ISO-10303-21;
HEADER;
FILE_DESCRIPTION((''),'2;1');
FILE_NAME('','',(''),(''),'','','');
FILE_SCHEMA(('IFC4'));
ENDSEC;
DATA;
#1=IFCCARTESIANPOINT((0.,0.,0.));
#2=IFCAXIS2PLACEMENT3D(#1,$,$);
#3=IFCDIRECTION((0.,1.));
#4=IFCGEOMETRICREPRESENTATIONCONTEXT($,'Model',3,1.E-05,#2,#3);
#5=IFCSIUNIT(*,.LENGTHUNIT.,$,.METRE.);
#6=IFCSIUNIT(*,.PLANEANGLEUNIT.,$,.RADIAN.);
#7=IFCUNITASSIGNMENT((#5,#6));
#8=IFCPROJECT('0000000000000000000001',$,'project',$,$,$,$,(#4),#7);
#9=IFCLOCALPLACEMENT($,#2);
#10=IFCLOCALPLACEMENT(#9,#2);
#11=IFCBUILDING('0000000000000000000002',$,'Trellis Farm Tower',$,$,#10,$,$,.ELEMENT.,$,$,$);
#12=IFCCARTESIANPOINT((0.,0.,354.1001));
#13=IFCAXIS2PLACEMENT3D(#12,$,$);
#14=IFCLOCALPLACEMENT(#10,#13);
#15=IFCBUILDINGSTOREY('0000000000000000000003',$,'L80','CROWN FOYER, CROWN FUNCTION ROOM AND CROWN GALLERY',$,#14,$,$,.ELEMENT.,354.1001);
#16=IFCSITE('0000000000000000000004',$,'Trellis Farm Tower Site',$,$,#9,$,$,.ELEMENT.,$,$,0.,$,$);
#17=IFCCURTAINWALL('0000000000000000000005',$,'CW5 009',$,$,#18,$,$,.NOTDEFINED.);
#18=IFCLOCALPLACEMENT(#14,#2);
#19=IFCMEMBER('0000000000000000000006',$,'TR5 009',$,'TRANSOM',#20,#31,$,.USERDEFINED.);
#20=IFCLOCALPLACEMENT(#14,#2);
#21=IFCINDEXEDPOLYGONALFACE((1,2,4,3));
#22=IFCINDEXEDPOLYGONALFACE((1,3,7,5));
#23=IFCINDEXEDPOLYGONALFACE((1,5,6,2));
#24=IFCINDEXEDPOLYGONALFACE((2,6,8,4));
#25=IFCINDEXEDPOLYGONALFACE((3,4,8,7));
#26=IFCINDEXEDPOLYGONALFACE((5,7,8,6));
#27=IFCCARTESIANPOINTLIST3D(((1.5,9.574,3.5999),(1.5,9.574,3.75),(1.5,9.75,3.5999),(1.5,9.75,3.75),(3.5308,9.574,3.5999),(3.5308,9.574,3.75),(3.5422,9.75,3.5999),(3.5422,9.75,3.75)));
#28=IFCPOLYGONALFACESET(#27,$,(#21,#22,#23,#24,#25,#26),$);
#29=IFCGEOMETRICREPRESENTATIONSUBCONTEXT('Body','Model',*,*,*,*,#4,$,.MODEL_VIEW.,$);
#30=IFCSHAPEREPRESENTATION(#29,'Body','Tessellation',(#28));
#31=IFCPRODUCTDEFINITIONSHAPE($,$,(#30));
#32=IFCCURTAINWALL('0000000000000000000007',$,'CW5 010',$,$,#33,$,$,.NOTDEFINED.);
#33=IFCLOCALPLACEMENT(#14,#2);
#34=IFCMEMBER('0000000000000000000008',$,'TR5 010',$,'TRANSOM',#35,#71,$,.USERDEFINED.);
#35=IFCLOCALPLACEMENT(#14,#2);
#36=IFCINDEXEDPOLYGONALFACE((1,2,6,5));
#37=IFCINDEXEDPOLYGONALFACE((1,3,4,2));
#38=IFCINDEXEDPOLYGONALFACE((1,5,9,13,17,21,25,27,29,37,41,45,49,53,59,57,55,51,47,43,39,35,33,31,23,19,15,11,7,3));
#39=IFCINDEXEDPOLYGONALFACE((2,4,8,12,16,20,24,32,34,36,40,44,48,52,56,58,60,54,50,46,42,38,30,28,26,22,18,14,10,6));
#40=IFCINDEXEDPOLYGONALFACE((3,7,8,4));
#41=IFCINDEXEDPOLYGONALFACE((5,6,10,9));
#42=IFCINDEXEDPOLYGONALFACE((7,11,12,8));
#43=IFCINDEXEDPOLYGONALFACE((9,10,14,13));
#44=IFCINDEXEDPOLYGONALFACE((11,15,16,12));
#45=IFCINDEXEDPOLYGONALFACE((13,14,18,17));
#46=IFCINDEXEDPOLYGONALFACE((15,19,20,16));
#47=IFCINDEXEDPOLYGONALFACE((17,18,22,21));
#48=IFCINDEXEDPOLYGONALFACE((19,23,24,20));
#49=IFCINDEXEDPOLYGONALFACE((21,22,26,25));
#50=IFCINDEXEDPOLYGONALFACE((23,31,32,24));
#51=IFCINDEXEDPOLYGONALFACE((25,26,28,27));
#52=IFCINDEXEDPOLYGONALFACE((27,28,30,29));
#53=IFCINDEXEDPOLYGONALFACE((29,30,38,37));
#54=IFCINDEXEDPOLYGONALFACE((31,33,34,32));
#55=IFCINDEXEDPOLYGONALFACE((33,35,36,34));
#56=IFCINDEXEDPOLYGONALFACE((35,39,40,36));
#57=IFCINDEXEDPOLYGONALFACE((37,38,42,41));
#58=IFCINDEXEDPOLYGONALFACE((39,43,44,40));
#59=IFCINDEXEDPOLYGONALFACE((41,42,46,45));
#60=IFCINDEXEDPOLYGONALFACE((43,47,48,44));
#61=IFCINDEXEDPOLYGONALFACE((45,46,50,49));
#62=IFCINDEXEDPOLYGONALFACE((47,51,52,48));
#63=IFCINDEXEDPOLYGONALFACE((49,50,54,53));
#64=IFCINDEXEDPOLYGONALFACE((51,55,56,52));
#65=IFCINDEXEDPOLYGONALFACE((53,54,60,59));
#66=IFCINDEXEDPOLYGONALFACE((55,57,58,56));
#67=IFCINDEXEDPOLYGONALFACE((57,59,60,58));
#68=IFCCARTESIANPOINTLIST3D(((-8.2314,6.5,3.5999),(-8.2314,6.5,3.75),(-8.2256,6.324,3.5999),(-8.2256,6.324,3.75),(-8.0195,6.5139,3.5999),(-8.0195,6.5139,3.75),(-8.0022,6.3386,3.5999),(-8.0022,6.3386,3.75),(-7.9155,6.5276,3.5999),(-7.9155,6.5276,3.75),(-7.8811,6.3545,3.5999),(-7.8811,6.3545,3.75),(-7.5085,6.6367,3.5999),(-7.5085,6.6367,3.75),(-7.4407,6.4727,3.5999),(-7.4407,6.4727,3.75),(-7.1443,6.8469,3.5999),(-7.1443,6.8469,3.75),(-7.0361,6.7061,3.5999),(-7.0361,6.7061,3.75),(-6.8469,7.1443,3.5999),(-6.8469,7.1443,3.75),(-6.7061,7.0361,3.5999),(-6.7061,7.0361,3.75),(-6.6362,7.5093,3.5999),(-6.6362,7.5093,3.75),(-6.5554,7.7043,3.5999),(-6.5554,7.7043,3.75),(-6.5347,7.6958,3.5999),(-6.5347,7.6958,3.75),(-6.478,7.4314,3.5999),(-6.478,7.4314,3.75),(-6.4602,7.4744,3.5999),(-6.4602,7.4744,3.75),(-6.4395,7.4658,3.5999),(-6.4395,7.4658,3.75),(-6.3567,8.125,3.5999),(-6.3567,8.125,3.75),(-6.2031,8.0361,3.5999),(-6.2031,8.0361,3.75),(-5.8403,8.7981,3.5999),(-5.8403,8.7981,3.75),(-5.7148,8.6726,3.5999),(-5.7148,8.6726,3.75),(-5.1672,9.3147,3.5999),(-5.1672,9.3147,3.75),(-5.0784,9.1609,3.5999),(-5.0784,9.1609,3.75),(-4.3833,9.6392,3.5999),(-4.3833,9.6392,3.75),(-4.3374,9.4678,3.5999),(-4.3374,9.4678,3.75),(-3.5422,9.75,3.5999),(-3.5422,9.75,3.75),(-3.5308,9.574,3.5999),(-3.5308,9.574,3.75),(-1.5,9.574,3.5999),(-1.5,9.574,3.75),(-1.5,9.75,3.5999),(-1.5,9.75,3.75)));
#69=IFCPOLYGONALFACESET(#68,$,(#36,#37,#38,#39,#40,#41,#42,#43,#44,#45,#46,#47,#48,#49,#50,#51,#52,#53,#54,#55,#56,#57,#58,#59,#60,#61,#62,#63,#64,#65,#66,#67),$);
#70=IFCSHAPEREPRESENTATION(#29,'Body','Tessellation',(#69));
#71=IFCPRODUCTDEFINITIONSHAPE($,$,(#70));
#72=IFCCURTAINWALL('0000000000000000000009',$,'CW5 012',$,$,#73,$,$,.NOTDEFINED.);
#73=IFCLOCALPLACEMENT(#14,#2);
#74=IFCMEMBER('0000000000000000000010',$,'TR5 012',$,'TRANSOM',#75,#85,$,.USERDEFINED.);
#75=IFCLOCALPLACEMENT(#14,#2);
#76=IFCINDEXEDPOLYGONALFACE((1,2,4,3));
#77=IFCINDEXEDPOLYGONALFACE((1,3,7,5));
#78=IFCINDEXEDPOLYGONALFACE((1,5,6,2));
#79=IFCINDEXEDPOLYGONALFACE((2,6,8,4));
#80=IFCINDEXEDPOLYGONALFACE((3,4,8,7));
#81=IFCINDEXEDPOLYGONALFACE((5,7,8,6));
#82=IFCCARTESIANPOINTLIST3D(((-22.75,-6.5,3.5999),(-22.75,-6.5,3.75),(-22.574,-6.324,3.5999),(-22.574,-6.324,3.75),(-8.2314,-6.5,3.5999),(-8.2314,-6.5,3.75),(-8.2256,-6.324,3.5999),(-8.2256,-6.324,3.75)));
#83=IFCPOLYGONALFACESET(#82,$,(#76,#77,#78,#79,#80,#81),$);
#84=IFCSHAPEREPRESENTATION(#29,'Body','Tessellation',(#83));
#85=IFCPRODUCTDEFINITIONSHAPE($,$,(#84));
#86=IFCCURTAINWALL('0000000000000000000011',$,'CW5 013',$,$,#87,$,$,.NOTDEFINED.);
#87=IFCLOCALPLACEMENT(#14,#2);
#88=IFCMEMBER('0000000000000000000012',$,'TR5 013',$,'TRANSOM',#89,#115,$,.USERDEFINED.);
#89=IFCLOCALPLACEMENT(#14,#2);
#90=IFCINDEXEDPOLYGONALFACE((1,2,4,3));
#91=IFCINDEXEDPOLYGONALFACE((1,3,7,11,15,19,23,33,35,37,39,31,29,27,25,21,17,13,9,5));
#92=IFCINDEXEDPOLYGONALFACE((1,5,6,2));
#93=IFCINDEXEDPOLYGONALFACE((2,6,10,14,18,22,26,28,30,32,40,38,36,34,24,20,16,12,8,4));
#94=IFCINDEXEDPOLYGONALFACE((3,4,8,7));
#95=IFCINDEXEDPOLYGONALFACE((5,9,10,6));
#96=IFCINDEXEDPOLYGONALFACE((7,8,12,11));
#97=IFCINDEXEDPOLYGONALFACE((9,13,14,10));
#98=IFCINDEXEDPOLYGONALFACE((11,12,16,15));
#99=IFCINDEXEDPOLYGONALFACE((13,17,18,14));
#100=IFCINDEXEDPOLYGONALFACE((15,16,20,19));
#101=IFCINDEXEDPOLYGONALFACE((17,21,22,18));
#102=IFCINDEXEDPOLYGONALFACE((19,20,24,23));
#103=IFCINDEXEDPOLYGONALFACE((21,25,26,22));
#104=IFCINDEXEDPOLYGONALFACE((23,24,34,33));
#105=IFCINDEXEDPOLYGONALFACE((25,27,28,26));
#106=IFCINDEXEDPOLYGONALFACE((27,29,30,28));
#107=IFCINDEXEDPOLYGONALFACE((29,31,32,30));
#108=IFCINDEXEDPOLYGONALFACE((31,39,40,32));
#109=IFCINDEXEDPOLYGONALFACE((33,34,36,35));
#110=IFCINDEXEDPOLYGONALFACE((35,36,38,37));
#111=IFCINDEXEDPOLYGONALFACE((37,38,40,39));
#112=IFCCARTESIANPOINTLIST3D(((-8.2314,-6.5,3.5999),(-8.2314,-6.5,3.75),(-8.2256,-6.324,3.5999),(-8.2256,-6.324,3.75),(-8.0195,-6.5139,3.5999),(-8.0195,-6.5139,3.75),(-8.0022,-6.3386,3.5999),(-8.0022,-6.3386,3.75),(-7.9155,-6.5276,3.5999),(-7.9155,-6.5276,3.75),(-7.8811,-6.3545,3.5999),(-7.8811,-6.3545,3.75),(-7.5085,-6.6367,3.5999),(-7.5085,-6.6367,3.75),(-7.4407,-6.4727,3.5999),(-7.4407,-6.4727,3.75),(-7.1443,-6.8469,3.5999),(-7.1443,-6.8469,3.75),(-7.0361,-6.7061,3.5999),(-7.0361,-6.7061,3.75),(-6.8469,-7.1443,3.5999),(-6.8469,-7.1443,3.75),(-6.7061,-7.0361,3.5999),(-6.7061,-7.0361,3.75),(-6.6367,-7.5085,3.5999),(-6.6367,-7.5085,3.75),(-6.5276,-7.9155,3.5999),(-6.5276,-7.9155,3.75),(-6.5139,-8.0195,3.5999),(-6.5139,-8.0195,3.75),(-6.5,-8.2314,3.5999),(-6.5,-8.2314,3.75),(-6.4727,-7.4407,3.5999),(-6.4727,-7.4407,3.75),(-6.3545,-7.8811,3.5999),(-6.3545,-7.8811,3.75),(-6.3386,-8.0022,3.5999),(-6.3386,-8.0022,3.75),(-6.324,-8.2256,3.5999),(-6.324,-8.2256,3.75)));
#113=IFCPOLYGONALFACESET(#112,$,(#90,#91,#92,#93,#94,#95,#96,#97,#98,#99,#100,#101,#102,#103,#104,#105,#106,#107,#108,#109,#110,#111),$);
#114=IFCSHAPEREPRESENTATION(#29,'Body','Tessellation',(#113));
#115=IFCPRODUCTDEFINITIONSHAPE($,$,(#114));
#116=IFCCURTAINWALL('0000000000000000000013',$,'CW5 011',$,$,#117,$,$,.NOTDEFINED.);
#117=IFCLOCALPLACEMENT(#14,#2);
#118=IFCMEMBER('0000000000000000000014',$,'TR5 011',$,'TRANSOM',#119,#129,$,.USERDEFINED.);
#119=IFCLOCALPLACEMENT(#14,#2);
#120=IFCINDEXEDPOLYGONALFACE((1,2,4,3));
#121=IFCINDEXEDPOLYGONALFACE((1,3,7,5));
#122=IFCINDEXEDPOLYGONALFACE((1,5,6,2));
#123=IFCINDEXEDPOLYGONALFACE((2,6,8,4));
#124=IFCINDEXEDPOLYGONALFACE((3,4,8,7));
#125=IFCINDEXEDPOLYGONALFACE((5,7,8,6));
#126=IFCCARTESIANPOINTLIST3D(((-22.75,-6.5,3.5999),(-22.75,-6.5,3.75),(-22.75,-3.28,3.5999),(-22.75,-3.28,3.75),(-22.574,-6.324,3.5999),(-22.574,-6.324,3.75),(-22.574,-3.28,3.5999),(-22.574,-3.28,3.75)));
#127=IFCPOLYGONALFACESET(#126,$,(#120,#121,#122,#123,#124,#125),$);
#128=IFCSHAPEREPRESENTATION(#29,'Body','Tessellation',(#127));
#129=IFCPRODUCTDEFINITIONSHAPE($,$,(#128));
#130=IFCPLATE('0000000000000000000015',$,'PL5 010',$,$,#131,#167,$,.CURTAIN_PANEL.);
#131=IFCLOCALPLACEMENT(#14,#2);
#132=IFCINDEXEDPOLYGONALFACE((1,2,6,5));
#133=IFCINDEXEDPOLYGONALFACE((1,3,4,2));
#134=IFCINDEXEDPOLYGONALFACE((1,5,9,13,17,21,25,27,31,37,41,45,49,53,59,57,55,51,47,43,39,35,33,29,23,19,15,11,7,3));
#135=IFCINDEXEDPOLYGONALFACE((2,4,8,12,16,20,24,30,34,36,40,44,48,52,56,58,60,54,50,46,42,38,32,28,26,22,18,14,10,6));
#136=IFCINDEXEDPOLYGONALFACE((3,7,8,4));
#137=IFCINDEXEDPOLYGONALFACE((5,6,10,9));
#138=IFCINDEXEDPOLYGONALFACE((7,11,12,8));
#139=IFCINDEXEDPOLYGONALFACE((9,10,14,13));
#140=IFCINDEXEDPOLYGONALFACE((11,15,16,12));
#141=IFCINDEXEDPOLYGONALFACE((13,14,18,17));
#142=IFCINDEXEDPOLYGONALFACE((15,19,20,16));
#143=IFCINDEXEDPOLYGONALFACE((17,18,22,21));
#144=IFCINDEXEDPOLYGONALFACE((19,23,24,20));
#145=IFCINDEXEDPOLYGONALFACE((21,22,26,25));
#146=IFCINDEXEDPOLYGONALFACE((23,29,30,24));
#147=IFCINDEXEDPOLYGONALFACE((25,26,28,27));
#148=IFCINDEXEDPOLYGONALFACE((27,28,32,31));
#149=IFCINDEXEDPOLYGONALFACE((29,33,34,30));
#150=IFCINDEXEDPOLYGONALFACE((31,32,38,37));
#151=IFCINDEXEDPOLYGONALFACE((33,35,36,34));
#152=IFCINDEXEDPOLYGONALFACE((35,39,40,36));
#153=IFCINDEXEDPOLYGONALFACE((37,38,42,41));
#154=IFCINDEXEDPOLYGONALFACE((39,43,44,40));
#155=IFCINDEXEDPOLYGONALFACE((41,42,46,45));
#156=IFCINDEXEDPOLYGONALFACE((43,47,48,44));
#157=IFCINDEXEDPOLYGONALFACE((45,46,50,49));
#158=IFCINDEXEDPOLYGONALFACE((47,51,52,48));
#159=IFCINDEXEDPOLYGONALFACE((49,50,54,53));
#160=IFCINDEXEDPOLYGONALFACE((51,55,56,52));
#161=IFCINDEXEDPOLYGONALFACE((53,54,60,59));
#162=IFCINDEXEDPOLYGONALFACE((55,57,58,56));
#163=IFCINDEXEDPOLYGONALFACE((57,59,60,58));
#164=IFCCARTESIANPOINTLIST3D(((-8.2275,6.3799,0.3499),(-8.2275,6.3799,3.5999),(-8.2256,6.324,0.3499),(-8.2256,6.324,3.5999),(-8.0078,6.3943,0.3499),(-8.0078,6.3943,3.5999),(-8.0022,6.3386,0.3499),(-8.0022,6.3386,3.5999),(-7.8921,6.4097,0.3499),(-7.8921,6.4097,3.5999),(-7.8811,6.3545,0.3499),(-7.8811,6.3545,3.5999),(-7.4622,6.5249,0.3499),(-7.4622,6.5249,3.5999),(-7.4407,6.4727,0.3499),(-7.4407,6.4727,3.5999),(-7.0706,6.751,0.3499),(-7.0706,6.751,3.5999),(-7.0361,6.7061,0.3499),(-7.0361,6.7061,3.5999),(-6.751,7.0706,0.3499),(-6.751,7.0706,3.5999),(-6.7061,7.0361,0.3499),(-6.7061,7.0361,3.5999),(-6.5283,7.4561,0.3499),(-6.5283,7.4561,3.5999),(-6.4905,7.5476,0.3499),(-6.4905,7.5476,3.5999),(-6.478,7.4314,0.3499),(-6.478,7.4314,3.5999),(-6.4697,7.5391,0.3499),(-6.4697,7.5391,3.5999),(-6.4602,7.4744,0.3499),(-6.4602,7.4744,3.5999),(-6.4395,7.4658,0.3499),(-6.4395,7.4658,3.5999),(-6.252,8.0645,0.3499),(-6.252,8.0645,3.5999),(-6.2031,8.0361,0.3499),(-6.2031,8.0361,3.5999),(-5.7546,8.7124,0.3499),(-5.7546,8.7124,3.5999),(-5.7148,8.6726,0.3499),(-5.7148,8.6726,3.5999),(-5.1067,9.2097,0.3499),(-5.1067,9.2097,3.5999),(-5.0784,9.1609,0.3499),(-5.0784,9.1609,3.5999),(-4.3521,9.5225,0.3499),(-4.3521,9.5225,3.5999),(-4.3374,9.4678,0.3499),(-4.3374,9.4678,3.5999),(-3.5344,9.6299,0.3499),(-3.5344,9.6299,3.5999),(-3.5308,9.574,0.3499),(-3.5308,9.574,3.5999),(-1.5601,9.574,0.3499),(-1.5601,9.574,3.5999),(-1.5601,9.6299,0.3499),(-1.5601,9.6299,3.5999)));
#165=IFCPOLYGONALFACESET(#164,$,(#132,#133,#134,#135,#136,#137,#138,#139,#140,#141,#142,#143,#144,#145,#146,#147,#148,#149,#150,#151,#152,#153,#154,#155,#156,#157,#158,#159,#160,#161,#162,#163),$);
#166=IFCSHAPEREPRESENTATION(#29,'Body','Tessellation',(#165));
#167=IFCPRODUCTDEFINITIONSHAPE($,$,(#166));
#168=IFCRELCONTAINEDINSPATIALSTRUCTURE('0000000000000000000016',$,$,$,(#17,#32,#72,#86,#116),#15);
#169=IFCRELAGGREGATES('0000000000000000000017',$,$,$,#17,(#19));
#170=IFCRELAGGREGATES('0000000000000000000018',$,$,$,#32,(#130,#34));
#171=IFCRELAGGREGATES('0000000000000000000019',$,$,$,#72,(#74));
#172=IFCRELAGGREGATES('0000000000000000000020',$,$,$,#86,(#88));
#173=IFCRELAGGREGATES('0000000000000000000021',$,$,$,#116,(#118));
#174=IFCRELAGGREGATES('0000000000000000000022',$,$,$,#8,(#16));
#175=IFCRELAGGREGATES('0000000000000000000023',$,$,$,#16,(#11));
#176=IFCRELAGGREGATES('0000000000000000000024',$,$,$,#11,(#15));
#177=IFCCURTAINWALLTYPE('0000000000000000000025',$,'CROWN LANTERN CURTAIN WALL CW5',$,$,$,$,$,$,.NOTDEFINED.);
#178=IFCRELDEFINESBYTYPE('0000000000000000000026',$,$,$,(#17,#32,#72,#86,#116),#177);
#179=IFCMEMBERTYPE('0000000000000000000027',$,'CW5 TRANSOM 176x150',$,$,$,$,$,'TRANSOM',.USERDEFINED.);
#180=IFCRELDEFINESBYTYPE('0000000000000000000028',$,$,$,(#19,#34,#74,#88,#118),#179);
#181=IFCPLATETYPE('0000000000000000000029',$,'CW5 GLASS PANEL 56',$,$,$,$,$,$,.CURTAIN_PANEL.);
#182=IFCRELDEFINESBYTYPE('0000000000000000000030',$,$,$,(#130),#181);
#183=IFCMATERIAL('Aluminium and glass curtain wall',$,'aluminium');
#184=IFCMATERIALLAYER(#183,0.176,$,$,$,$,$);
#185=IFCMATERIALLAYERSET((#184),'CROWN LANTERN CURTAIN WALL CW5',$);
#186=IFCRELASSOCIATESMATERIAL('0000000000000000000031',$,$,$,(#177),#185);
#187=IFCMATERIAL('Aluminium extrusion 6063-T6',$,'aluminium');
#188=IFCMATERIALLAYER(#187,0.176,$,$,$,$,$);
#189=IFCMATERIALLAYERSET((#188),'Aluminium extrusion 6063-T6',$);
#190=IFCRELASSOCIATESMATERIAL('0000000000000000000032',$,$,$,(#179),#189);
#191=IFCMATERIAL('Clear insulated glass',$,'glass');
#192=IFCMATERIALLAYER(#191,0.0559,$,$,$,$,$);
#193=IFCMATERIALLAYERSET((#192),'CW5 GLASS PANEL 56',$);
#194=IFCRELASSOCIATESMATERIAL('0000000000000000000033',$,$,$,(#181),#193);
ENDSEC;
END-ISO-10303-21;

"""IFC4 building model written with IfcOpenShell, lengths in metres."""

from ifc_helpers import new_model, si_unit, direction, frame, origin, place, context, subcontext, project, spatial, polyline, outline, extrude, source, transform, mapped, material, layer, layer_set, type_object, element, aggregate, save


model = new_model("IFC4")

# Units and contexts
model_context = context("Model", 3, precision=1e-05, world=origin(), true_north=direction((0.0, 1.0)))
body_context = subcontext(model_context, "Body", "Model", "MODEL_VIEW")
ifc_project = project(units=[si_unit("LENGTHUNIT", "METRE"), si_unit("PLANEANGLEUNIT", "RADIAN")], contexts=[model_context])

# Site, building, storey
site_placement = place(None, origin())
site = spatial("IfcSite", under=ifc_project, at=site_placement, Name="Trellis Farm Tower Site", CompositionType="ELEMENT", RefElevation=0.0)
building_placement = place(site_placement, origin())
building = spatial("IfcBuilding", under=site, at=building_placement, Name="Trellis Farm Tower", CompositionType="ELEMENT")
storey_placement = place(building_placement, frame((0.0, 0.0, 354.1001)))
storey = spatial("IfcBuildingStorey", under=building, at=storey_placement, Name="L80", Description="CROWN FOYER, CROWN FUNCTION ROOM AND CROWN GALLERY", CompositionType="ELEMENT", Elevation=354.1001)

# Curtain walls, members
ifc_material_1 = material(Name="Aluminium and glass curtain wall", Category="aluminium")
ifc_layer_1 = layer(ifc_material_1, 0.176)
ifc_layer_set_1 = layer_set([ifc_layer_1], Name="CROWN LANTERN CURTAIN WALL CW5")
curtain_wall_type = type_object("IfcCurtainWallType", Name="CROWN LANTERN CURTAIN WALL CW5", PredefinedType="NOTDEFINED", material=ifc_layer_set_1)
placement_1 = place(storey_placement, origin())
curtain_wall_1 = element("IfcCurtainWall", 1, at=placement_1, inside=storey, type_object=curtain_wall_type, Name="CW5 009", PredefinedType="NOTDEFINED")
ifc_material_2 = material(Name="Aluminium extrusion 6063-T6", Category="aluminium")
ifc_layer_2 = layer(ifc_material_2, 0.176)
ifc_layer_set_2 = layer_set([ifc_layer_2], Name="Aluminium extrusion 6063-T6")
member_type = type_object("IfcMemberType", Name="CW5 TRANSOM 176x150", ElementType="TRANSOM", PredefinedType="USERDEFINED", material=ifc_layer_set_2)
placement_2 = place(storey_placement, frame((0.0, 0.0, 3.5999)))
member_1 = element("IfcMember", 2, at=placement_2, type_object=member_type, Name="TR5 009", ObjectType="TRANSOM", PredefinedType="USERDEFINED", context=body_context, shape_type="SweptSolid", body=[
    extrude(outline(polyline([(3.5422, 9.75), (1.5, 9.75), (1.5, 9.574), (3.5308, 9.574), (3.5422, 9.75)])), origin(), (0.0, 0.0, 1.0), 0.1501),
])
aggregate(curtain_wall_1, [member_1])
curtain_wall_2 = element("IfcCurtainWall", 3, at=placement_1, inside=storey, type_object=curtain_wall_type, Name="CW5 010", PredefinedType="NOTDEFINED")
member_2 = element("IfcMember", 4, at=placement_2, type_object=member_type, Name="TR5 010", ObjectType="TRANSOM", PredefinedType="USERDEFINED", context=body_context, shape_type="SweptSolid", body=[
    extrude(outline(polyline([(-1.5, 9.75), (-3.5422, 9.75), (-4.3833, 9.6392), (-5.1672, 9.3147), (-5.8403, 8.7981), (-6.3567, 8.125), (-6.5347, 7.6958), (-6.5554, 7.7043), (-6.6362, 7.5093), (-6.8469, 7.1443), (-7.1443, 6.8469), (-7.5085, 6.6367), (-7.9155, 6.5276), (-8.0195, 6.5139), (-8.2314, 6.5), (-8.2256, 6.324), (-8.0022, 6.3386), (-7.8811, 6.3545), (-7.4407, 6.4727), (-7.0361, 6.7061), (-6.7061, 7.0361), (-6.478, 7.4314), (-6.4602, 7.4744), (-6.4395, 7.4658), (-6.2031, 8.0361), (-5.7148, 8.6726), (-5.0784, 9.1609), (-4.3374, 9.4678), (-3.5308, 9.574), (-1.5, 9.574), (-1.5, 9.75)])), origin(), (0.0, 0.0, 1.0), 0.1501),
])
curtain_wall_3 = element("IfcCurtainWall", 5, at=placement_1, inside=storey, type_object=curtain_wall_type, Name="CW5 012", PredefinedType="NOTDEFINED")
shared_shape_1 = source(origin(), body_context, "Body", "SweptSolid", [
    extrude(outline(polyline([(-22.75, -6.5), (-8.2314, -6.5), (-8.2256, -6.324), (-22.574, -6.324), (-22.75, -6.5)])), origin(), (0.0, 0.0, 1.0), 0.1501),
])
member_3 = element("IfcMember", 6, at=placement_2, type_object=member_type, Name="TR5 012", ObjectType="TRANSOM", PredefinedType="USERDEFINED", context=body_context, shape_type="MappedRepresentation", body=[
    mapped(shared_shape_1, transform((0.0, 0.0, 0.0))),
])
curtain_wall_4 = element("IfcCurtainWall", 7, at=placement_1, inside=storey, type_object=curtain_wall_type, Name="CW5 013", PredefinedType="NOTDEFINED")
shared_shape_2 = source(origin(), body_context, "Body", "SweptSolid", [
    extrude(outline(polyline([(-8.2314, -6.5), (-8.0195, -6.5139), (-7.9155, -6.5276), (-7.5085, -6.6367), (-7.1443, -6.8469), (-6.8469, -7.1443), (-6.6367, -7.5085), (-6.5276, -7.9155), (-6.5139, -8.0195), (-6.5, -8.2314), (-6.324, -8.2256), (-6.3386, -8.0022), (-6.3545, -7.8811), (-6.4727, -7.4407), (-6.7061, -7.0361), (-7.0361, -6.7061), (-7.4407, -6.4727), (-7.8811, -6.3545), (-8.0022, -6.3386), (-8.2256, -6.324), (-8.2314, -6.5)])), origin(), (0.0, 0.0, 1.0), 0.1501),
])
member_4 = element("IfcMember", 8, at=placement_2, type_object=member_type, Name="TR5 013", ObjectType="TRANSOM", PredefinedType="USERDEFINED", context=body_context, shape_type="MappedRepresentation", body=[
    mapped(shared_shape_2, transform((0.0, 0.0, 0.0))),
])
curtain_wall_5 = element("IfcCurtainWall", 9, at=placement_1, inside=storey, type_object=curtain_wall_type, Name="CW5 011", PredefinedType="NOTDEFINED")
shared_shape_3 = source(origin(), body_context, "Body", "SweptSolid", [
    extrude(outline(polyline([(-22.75, -3.28), (-22.75, -6.5), (-22.574, -6.324), (-22.574, -3.28), (-22.75, -3.28)])), origin(), (0.0, 0.0, 1.0), 0.1501),
])
member_5 = element("IfcMember", 10, at=placement_2, type_object=member_type, Name="TR5 011", ObjectType="TRANSOM", PredefinedType="USERDEFINED", context=body_context, shape_type="MappedRepresentation", body=[
    mapped(shared_shape_3, transform((0.0, 0.0, 0.0))),
])

# Plate
ifc_material_3 = material(Name="Clear insulated glass", Category="glass")
ifc_layer_3 = layer(ifc_material_3, 0.0559)
ifc_layer_set_3 = layer_set([ifc_layer_3], Name="CW5 GLASS PANEL 56")
plate_type_1 = type_object("IfcPlateType", Name="CW5 GLASS PANEL 56", PredefinedType="CURTAIN_PANEL", material=ifc_layer_set_3)
placement_3 = place(storey_placement, frame((0.0, 0.0, 0.3499)))
plate_1 = element("IfcPlate", 11, at=placement_3, type_object=plate_type_1, Name="PL5 010", PredefinedType="CURTAIN_PANEL", context=body_context, shape_type="SweptSolid", body=[
    extrude(outline(polyline([(-1.5601, 9.6299), (-3.5344, 9.6299), (-4.3521, 9.5225), (-5.1067, 9.2097), (-5.7546, 8.7124), (-6.252, 8.0645), (-6.4697, 7.5391), (-6.4905, 7.5476), (-6.5283, 7.4561), (-6.751, 7.0706), (-7.0706, 6.751), (-7.4622, 6.5249), (-7.8921, 6.4097), (-8.0078, 6.3943), (-8.2275, 6.3799), (-8.2256, 6.324), (-8.0022, 6.3386), (-7.8811, 6.3545), (-7.4407, 6.4727), (-7.0361, 6.7061), (-6.7061, 7.0361), (-6.478, 7.4314), (-6.4602, 7.4744), (-6.4395, 7.4658), (-6.2031, 8.0361), (-5.7148, 8.6726), (-5.0784, 9.1609), (-4.3374, 9.4678), (-3.5308, 9.574), (-1.5601, 9.574), (-1.5601, 9.6299)])), origin(), (0.0, 0.0, 1.0), 3.25),
])
aggregate(curtain_wall_2, [plate_1, member_2])
aggregate(curtain_wall_3, [member_3])
aggregate(curtain_wall_4, [member_4])
aggregate(curtain_wall_5, [member_5])

save(model, "model.ifc")
